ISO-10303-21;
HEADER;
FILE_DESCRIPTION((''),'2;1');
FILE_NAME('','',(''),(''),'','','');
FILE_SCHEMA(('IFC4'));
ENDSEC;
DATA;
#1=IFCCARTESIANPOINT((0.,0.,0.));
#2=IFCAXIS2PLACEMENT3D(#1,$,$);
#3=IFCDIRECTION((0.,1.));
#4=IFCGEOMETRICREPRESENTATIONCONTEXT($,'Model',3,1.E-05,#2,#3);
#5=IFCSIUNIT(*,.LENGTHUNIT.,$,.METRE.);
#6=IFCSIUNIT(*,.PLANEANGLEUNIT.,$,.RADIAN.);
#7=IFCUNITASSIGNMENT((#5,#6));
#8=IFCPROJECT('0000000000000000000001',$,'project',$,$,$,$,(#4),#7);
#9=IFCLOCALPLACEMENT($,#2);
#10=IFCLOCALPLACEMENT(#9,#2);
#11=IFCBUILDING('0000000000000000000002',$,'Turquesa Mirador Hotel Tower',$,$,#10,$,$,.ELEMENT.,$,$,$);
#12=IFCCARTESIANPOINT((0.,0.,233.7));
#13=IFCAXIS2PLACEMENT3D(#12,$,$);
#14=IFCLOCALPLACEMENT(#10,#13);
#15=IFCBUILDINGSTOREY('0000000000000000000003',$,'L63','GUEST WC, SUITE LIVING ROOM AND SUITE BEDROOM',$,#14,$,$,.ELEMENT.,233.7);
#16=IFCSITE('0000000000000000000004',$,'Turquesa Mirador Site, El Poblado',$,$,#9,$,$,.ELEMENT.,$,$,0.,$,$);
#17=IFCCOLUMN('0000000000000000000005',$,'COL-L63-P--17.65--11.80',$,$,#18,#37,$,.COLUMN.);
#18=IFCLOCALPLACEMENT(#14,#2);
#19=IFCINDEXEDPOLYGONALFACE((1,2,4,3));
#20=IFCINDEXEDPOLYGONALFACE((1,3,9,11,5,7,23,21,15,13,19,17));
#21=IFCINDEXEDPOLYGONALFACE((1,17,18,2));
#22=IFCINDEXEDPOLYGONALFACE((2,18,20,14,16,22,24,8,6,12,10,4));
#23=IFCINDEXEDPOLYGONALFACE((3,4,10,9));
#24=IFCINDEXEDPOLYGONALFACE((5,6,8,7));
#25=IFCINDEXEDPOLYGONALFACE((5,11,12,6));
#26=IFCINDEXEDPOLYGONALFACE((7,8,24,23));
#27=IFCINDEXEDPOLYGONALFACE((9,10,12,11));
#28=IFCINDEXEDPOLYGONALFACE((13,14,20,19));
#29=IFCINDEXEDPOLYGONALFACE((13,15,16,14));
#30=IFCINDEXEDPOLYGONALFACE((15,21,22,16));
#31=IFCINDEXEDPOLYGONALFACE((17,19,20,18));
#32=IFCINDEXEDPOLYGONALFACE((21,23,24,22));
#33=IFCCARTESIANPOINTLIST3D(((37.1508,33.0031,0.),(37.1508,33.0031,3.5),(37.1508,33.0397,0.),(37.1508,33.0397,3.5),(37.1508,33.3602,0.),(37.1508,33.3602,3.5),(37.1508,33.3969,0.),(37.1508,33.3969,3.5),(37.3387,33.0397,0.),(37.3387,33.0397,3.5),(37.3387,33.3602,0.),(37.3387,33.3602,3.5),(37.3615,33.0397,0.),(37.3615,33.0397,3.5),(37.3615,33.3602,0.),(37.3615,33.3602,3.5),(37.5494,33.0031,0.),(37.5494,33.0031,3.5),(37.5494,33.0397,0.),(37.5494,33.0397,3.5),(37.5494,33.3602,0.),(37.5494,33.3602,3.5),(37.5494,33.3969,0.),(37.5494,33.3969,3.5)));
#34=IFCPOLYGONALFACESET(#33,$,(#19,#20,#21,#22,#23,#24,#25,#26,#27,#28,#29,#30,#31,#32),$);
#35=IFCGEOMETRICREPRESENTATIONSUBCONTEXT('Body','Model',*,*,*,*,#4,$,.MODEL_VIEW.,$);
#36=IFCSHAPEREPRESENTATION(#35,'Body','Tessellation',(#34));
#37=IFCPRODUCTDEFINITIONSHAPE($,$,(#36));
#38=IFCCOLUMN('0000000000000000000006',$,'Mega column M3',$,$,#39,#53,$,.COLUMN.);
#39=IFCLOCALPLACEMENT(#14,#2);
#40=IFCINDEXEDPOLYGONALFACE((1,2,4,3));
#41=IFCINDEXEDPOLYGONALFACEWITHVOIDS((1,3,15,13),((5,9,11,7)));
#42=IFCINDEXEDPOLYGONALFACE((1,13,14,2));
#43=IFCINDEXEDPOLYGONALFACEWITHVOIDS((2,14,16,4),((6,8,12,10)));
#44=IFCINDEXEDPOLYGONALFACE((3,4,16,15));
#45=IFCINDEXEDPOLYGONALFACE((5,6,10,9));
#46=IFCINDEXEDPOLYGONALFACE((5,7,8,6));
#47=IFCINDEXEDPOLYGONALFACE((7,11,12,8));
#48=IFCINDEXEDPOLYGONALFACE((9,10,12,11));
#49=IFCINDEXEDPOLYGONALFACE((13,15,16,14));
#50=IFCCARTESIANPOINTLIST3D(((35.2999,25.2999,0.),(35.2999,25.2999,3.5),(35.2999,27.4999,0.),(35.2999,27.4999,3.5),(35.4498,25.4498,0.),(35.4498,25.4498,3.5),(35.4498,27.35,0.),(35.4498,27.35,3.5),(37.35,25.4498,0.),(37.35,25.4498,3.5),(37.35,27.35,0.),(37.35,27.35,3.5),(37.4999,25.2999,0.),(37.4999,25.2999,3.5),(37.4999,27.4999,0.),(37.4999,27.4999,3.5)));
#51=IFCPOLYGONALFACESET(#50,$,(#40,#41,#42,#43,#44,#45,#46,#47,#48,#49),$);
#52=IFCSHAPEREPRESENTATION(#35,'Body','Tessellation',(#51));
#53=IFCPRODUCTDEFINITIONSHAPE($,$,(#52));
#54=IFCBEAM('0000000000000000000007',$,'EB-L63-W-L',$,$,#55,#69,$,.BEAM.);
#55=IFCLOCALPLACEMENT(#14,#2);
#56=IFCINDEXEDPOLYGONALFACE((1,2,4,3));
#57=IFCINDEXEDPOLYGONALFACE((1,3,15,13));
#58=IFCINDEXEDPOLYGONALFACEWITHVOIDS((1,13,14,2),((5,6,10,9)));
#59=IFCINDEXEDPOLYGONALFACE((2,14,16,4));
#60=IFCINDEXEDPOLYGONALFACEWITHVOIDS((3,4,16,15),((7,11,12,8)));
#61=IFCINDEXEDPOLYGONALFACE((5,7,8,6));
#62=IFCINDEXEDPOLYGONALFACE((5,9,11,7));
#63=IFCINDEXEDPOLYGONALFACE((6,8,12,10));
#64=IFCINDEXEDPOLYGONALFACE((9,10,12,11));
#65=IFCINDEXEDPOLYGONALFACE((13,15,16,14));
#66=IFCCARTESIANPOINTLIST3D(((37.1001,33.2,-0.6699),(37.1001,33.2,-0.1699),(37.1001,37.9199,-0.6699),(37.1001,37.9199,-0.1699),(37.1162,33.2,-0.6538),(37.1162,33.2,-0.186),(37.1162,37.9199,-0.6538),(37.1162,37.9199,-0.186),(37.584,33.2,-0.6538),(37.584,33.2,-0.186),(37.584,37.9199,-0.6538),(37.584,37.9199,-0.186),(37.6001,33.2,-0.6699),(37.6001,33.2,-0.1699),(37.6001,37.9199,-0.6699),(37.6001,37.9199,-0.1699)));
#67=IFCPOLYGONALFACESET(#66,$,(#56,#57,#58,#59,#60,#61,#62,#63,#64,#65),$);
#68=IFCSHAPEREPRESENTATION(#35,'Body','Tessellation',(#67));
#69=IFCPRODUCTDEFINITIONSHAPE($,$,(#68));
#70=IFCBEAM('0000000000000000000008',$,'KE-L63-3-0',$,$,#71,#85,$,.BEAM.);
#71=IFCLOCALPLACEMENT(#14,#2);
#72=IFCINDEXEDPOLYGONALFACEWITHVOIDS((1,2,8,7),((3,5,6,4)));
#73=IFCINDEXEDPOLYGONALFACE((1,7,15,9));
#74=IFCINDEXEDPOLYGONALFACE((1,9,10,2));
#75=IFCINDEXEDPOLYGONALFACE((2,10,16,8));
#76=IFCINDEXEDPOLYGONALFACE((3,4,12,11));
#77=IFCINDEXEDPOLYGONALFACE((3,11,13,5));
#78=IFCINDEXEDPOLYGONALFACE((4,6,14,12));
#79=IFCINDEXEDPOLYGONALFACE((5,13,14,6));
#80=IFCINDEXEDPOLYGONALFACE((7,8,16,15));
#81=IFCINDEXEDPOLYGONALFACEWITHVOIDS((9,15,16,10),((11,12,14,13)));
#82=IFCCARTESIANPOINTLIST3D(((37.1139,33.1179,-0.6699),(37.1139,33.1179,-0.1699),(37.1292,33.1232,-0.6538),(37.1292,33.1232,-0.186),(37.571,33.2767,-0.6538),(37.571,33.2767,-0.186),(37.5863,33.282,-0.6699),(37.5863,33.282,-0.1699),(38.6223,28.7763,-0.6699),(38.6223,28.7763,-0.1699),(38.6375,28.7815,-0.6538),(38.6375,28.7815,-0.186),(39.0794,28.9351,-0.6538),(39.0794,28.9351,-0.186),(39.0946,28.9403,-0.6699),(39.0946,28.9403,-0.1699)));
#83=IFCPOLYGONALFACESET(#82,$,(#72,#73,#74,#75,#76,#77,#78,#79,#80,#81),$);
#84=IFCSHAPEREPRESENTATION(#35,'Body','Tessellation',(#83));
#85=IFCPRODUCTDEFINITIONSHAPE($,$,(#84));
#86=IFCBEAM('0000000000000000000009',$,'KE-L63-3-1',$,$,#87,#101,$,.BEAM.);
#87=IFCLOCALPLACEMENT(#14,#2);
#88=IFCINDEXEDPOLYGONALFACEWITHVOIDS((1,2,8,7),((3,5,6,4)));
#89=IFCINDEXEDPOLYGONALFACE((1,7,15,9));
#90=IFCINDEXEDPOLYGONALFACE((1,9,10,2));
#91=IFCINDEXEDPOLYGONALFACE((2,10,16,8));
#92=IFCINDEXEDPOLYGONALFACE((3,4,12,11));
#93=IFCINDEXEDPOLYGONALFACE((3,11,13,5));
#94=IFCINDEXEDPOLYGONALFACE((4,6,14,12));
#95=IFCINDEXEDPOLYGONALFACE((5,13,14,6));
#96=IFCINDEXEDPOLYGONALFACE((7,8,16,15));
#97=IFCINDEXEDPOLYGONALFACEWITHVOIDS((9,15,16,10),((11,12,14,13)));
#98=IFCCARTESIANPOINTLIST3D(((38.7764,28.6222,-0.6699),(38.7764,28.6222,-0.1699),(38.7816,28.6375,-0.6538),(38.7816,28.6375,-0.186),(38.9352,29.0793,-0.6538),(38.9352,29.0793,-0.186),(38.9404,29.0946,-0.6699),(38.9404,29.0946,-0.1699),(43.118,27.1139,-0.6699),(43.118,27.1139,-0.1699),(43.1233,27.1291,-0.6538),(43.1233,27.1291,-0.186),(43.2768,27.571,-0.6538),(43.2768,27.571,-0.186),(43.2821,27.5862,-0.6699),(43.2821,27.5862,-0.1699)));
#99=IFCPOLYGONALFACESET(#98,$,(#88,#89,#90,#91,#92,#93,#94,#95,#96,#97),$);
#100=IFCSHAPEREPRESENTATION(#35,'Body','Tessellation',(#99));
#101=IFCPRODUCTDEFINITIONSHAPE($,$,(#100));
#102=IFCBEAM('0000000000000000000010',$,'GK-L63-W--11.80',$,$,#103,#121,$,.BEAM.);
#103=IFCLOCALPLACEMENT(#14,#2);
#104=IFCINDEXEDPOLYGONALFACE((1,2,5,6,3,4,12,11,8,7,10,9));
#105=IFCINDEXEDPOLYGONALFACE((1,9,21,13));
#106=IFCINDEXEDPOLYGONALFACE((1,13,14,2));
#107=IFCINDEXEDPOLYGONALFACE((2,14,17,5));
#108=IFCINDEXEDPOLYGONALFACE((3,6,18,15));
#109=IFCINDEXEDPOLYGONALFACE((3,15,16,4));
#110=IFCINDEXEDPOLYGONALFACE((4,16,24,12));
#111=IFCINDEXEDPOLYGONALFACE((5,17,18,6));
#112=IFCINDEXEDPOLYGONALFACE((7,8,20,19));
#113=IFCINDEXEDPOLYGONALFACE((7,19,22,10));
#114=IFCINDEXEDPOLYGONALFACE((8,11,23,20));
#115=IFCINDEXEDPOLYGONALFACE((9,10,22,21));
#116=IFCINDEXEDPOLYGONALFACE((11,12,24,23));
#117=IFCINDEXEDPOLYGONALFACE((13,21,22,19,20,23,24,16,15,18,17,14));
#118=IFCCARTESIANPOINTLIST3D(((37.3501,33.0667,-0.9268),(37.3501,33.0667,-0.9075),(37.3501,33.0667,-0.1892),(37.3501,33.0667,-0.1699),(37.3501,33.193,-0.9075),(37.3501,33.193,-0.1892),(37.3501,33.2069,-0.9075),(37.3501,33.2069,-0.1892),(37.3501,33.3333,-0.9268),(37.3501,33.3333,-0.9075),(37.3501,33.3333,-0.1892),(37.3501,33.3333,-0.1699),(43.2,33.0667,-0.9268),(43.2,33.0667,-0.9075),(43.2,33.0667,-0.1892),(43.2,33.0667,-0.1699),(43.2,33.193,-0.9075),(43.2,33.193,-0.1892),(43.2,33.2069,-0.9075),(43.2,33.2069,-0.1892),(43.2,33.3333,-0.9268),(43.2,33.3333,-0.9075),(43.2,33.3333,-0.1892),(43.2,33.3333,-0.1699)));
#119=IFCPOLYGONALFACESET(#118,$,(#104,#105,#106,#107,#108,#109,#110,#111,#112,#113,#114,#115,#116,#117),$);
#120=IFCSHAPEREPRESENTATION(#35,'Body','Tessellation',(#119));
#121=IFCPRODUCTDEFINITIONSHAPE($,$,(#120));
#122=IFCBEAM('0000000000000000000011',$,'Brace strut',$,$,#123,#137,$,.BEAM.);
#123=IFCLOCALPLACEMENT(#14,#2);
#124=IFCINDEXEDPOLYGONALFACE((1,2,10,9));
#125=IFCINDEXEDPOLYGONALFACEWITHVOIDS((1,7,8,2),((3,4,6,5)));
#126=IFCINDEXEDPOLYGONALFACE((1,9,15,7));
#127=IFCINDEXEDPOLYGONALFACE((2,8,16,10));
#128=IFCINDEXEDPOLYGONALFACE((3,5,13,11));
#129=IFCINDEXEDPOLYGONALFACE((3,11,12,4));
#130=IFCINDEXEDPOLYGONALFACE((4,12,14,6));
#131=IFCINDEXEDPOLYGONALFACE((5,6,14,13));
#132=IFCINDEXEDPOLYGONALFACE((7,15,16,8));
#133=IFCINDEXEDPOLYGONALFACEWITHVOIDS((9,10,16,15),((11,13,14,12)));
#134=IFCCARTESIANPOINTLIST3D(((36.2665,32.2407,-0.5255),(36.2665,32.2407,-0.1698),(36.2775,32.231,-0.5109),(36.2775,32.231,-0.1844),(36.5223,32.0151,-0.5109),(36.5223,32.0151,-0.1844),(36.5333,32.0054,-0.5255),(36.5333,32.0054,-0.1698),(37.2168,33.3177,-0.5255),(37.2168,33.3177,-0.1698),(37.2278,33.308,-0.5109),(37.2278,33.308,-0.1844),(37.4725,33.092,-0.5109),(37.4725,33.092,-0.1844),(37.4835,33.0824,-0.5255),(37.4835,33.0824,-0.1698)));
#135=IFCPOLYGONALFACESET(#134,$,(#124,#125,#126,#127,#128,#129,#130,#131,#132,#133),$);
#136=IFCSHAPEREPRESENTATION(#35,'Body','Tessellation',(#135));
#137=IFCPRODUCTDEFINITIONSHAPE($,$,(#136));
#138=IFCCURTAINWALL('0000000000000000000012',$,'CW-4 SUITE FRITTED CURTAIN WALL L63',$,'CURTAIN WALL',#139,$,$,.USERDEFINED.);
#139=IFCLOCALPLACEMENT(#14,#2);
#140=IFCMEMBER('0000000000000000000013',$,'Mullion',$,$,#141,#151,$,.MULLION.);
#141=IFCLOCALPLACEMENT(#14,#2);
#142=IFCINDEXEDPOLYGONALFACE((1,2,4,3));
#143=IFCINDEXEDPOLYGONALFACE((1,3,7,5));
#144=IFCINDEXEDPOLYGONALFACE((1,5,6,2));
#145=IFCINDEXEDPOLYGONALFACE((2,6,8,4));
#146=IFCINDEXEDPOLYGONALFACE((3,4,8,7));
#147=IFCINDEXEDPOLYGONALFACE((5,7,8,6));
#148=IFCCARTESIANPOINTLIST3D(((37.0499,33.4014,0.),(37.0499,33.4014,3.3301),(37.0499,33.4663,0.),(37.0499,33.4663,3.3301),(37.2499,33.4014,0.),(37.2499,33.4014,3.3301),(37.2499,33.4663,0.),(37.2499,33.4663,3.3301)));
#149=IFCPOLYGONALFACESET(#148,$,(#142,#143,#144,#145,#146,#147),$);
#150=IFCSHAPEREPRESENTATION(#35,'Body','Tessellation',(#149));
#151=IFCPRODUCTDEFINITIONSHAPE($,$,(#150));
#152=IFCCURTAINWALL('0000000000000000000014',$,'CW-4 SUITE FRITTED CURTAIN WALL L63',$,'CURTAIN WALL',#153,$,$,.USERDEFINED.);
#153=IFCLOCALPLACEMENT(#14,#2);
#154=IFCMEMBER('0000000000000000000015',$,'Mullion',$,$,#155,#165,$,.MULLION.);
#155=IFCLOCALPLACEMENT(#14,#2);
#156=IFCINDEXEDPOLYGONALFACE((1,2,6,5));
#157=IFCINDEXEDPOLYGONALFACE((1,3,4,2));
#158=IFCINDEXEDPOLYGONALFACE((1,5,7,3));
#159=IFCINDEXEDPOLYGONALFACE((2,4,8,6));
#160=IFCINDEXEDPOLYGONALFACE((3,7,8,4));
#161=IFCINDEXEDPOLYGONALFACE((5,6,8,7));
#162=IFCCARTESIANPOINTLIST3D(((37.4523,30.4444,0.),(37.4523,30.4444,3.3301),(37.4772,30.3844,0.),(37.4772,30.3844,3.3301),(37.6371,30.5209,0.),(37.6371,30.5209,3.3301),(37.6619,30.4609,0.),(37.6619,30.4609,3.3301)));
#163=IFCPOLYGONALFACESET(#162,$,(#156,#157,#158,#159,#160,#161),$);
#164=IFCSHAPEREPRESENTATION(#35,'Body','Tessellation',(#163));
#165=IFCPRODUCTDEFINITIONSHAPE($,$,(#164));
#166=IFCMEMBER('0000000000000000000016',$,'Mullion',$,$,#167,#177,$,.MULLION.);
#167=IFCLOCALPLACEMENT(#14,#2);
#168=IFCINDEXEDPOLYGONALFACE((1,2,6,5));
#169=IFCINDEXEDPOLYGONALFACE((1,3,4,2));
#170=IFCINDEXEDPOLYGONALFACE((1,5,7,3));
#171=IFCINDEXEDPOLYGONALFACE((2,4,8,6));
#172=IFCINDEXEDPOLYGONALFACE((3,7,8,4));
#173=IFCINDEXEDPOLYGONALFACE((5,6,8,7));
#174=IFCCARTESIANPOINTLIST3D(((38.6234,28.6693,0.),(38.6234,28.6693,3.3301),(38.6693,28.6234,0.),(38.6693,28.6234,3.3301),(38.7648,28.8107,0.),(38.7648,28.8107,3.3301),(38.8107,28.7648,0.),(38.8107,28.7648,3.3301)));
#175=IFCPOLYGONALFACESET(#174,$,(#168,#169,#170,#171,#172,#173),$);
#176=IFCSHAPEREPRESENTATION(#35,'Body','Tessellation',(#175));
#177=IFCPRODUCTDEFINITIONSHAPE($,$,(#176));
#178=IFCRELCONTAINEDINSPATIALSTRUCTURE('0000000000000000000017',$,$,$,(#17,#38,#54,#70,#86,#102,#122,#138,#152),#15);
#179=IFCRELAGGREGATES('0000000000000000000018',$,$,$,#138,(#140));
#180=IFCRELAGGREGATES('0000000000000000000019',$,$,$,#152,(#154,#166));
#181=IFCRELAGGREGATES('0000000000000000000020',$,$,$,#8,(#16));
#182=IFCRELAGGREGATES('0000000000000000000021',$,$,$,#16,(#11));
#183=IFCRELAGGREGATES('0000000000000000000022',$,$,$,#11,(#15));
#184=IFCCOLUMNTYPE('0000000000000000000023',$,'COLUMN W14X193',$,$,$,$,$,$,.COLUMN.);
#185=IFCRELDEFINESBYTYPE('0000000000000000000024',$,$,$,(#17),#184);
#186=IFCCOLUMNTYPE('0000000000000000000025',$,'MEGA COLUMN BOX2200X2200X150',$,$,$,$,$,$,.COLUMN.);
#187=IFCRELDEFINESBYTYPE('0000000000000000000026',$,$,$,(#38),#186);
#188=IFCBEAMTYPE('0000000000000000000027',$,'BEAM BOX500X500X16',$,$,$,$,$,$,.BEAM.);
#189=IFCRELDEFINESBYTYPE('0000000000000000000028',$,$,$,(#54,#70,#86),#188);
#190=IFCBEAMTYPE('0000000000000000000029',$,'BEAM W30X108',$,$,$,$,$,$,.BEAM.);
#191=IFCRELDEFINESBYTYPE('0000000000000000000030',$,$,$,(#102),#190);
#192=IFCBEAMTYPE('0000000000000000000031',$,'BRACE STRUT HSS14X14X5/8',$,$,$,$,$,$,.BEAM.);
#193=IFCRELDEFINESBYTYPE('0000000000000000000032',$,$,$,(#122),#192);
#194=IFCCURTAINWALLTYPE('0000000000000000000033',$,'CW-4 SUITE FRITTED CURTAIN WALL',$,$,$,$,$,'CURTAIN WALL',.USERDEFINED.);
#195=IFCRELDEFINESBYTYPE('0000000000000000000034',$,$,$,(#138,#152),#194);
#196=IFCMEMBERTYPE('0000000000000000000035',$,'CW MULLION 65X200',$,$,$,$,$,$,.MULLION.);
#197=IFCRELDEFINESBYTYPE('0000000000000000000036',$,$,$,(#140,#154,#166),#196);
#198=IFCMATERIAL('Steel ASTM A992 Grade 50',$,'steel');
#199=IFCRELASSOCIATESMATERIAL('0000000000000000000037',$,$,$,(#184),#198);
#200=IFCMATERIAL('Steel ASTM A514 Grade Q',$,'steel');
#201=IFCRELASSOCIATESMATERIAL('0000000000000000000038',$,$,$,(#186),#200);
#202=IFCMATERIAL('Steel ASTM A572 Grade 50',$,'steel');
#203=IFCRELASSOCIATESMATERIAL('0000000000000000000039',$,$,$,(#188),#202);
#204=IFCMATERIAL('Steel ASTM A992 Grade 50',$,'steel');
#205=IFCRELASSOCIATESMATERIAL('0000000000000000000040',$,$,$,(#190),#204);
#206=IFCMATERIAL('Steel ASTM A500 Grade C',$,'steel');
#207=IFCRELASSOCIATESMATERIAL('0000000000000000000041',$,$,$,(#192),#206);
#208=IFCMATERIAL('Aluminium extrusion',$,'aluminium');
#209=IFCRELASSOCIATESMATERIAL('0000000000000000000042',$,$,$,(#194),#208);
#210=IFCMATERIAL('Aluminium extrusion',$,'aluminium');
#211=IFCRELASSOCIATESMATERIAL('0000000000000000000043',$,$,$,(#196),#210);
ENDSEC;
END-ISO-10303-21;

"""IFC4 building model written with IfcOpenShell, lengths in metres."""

from ifc_helpers import new_model, si_unit, direction, frame, origin, origin_2d, place, context, subcontext, project, spatial, rectangle, hollow_rectangle, i_section, extrude, material, material_profile, profile_set, type_object, element, aggregate, save


model = new_model("IFC4")

# Units and contexts
model_context = context("Model", 3, precision=1e-05, world=origin(), true_north=direction((0.0, 1.0)))
body_context = subcontext(model_context, "Body", "Model", "MODEL_VIEW")
ifc_project = project(units=[si_unit("LENGTHUNIT", "METRE"), si_unit("PLANEANGLEUNIT", "RADIAN")], contexts=[model_context])

# Site, building, storey
site_placement = place(None, origin())
site = spatial("IfcSite", under=ifc_project, at=site_placement, Name="Turquesa Mirador Site, El Poblado", CompositionType="ELEMENT", RefElevation=0.0)
building_placement = place(site_placement, origin())
building = spatial("IfcBuilding", under=site, at=building_placement, Name="Turquesa Mirador Hotel Tower", CompositionType="ELEMENT")
storey_placement = place(building_placement, frame((0.0, 0.0, 233.7)))
storey = spatial("IfcBuildingStorey", under=building, at=storey_placement, Name="L63", Description="GUEST WC, SUITE LIVING ROOM AND SUITE BEDROOM", CompositionType="ELEMENT", Elevation=233.7)

# Columns
ifc_material_1 = material(Name="Steel ASTM A992 Grade 50", Category="steel")
ifc_material_profile_1 = material_profile(ifc_material_1, i_section(OverallWidth=0.3987, OverallDepth=0.3938, WebThickness=0.0227, FlangeThickness=0.0366, at=origin_2d()), Name="W14X193")
ifc_profile_set_1 = profile_set([ifc_material_profile_1], Name="Steel ASTM A992 Grade 50")
column_type_1 = type_object("IfcColumnType", Name="COLUMN W14X193", PredefinedType="COLUMN", material=ifc_profile_set_1)
column_1_placement = place(storey_placement, frame((37.3501, 33.2, 0.0), z_axis=(0.0, 0.0, 1.0), x_axis=(1.0, 0.0, 0.0)))
element("IfcColumn", 1, at=column_1_placement, inside=storey, type_object=column_type_1, Name="COL-L63-P--17.65--11.80", PredefinedType="COLUMN", context=body_context, shape_type="SweptSolid", body=[
    extrude(i_section(OverallWidth=0.3987, OverallDepth=0.3938, WebThickness=0.0227, FlangeThickness=0.0366, at=origin_2d()), origin(), (0.0, 0.0, 1.0), 3.5),
])
ifc_material_2 = material(Name="Steel ASTM A514 Grade Q", Category="steel")
ifc_material_profile_2 = material_profile(ifc_material_2, hollow_rectangle(XDim=2.2, YDim=2.2, WallThickness=0.1499, at=origin_2d()), Name="BOX2200X2200X150")
ifc_profile_set_2 = profile_set([ifc_material_profile_2], Name="Steel ASTM A514 Grade Q")
column_type_2 = type_object("IfcColumnType", Name="MEGA COLUMN BOX2200X2200X150", PredefinedType="COLUMN", material=ifc_profile_set_2)
column_2_placement = place(storey_placement, frame((36.3999, 26.3999, 0.0), z_axis=(0.0, 0.0, 1.0), x_axis=(1.0, 0.0, 0.0)))
element("IfcColumn", 2, at=column_2_placement, inside=storey, type_object=column_type_2, Name="Mega column M3", PredefinedType="COLUMN", context=body_context, shape_type="SweptSolid", body=[
    extrude(hollow_rectangle(XDim=2.2, YDim=2.2, WallThickness=0.1499, at=origin_2d()), origin(), (0.0, 0.0, 1.0), 3.5),
])

# Beams
ifc_material_3 = material(Name="Steel ASTM A572 Grade 50", Category="steel")
ifc_material_profile_3 = material_profile(ifc_material_3, hollow_rectangle(XDim=0.5, YDim=0.5, WallThickness=0.0161, at=origin_2d()), Name="BOX500X500X16")
ifc_profile_set_3 = profile_set([ifc_material_profile_3], Name="Steel ASTM A572 Grade 50")
beam_type_1 = type_object("IfcBeamType", Name="BEAM BOX500X500X16", PredefinedType="BEAM", material=ifc_profile_set_3)
beam_1_placement = place(storey_placement, frame((37.3501, 33.2, -0.4199), z_axis=(0.0, 1.0, 0.0), x_axis=(-1.0, 0.0, 0.0)))
element("IfcBeam", 3, at=beam_1_placement, inside=storey, type_object=beam_type_1, Name="EB-L63-W-L", PredefinedType="BEAM", context=body_context, shape_type="SweptSolid", body=[
    extrude(hollow_rectangle(XDim=0.5, YDim=0.5, WallThickness=0.0161, at=origin_2d()), origin(), (0.0, 0.0, 1.0), 4.72),
])
for number, where, z_axis, x_axis, name in (
    (4, (37.3501, 33.2, -0.4199), (0.32817, -0.944619, 0.0), (0.944619, 0.32817, 0.0), "KE-L63-3-0"),
    (5, (38.8584, 28.8584, -0.4199), (0.944619, -0.32817, 0.0), (0.32817, 0.944619, 0.0), "KE-L63-3-1"),
):
    element("IfcBeam", number, at=place(storey_placement, frame(where, z_axis=z_axis, x_axis=x_axis)), inside=storey, type_object=beam_type_1, Name=name, PredefinedType="BEAM", context=body_context, shape_type="SweptSolid", body=[
        extrude(hollow_rectangle(XDim=0.5, YDim=0.5, WallThickness=0.0161, at=origin_2d()), origin(), (0.0, 0.0, 1.0), 4.5962),
    ])
ifc_material_4 = material(Name="Steel ASTM A992 Grade 50", Category="steel")
ifc_material_profile_4 = material_profile(ifc_material_4, i_section(OverallWidth=0.2666, OverallDepth=0.7568, WebThickness=0.0139, FlangeThickness=0.0193, at=origin_2d()), Name="W30X108")
ifc_profile_set_4 = profile_set([ifc_material_profile_4], Name="Steel ASTM A992 Grade 50")
beam_type_2 = type_object("IfcBeamType", Name="BEAM W30X108", PredefinedType="BEAM", material=ifc_profile_set_4)
beam_2_placement = place(storey_placement, frame((37.3501, 33.2, -0.5483), z_axis=(1.0, 0.0, 0.0), x_axis=(0.0, 1.0, 0.0)))
element("IfcBeam", 6, at=beam_2_placement, inside=storey, type_object=beam_type_2, Name="GK-L63-W--11.80", PredefinedType="BEAM", context=body_context, shape_type="SweptSolid", body=[
    extrude(i_section(OverallWidth=0.2666, OverallDepth=0.7568, WebThickness=0.0139, FlangeThickness=0.0193, at=origin_2d()), origin(), (0.0, 0.0, 1.0), 5.8499),
])
ifc_material_5 = material(Name="Steel ASTM A500 Grade C", Category="steel")
ifc_material_profile_5 = material_profile(ifc_material_5, hollow_rectangle(XDim=0.3557, YDim=0.3557, WallThickness=0.0146, at=origin_2d()), Name="HSS14X14X5/8")
ifc_profile_set_5 = profile_set([ifc_material_profile_5], Name="Steel ASTM A500 Grade C")
beam_type_3 = type_object("IfcBeamType", Name="BRACE STRUT HSS14X14X5/8", PredefinedType="BEAM", material=ifc_profile_set_5)
beam_3_placement = place(storey_placement, frame((36.3999, 32.123, -0.3477), z_axis=(0.661616, 0.749843, 0.0), x_axis=(-0.749843, 0.661616, 0.0)))
element("IfcBeam", 7, at=beam_3_placement, inside=storey, type_object=beam_type_3, Name="Brace strut", PredefinedType="BEAM", context=body_context, shape_type="SweptSolid", body=[
    extrude(hollow_rectangle(XDim=0.3557, YDim=0.3557, WallThickness=0.0146, at=origin_2d()), origin(), (0.0, 0.0, 1.0), 1.4363),
])

# Curtain wall, member
ifc_material_6 = material(Name="Aluminium extrusion", Category="aluminium")
curtain_wall_type = type_object("IfcCurtainWallType", Name="CW-4 SUITE FRITTED CURTAIN WALL", ElementType="CURTAIN WALL", PredefinedType="USERDEFINED", material=ifc_material_6)
curtain_wall_1_placement = place(storey_placement, origin())
curtain_wall_1 = element("IfcCurtainWall", 8, at=curtain_wall_1_placement, inside=storey, type_object=curtain_wall_type, Name="CW-4 SUITE FRITTED CURTAIN WALL L63", ObjectType="CURTAIN WALL", PredefinedType="USERDEFINED")
ifc_material_7 = material(Name="Aluminium extrusion", Category="aluminium")
ifc_material_profile_6 = material_profile(ifc_material_7, rectangle(XDim=0.0649, YDim=0.2, at=origin_2d()), Name="MULLION 65X200")
ifc_profile_set_6 = profile_set([ifc_material_profile_6], Name="Aluminium extrusion")
member_type_1 = type_object("IfcMemberType", Name="CW MULLION 65X200", PredefinedType="MULLION", material=ifc_profile_set_6)
member_1_placement = place(storey_placement, frame((37.1499, 33.4338, 0.0), z_axis=(0.0, 0.0, 1.0), x_axis=(0.0, -1.0, 0.0)))
member_1 = element("IfcMember", 9, at=member_1_placement, type_object=member_type_1, Name="Mullion", PredefinedType="MULLION", context=body_context, shape_type="SweptSolid", body=[
    extrude(rectangle(XDim=0.0649, YDim=0.2, at=origin_2d()), origin(), (0.0, 0.0, 1.0), 3.3301),
])
aggregate(curtain_wall_1, [member_1])

# Curtain wall, members
curtain_wall_2_placement = place(storey_placement, origin())
curtain_wall_2 = element("IfcCurtainWall", 10, at=curtain_wall_2_placement, inside=storey, type_object=curtain_wall_type, Name="CW-4 SUITE FRITTED CURTAIN WALL L63", ObjectType="CURTAIN WALL", PredefinedType="USERDEFINED")
member_2_placement = place(storey_placement, frame((37.5571, 30.4526, 0.0), z_axis=(0.0, 0.0, 1.0), x_axis=(0.382683, -0.92388, 0.0)))
member_2 = element("IfcMember", 11, at=member_2_placement, type_object=member_type_1, Name="Mullion", PredefinedType="MULLION", context=body_context, shape_type="SweptSolid", body=[
    extrude(rectangle(XDim=0.0649, YDim=0.2, at=origin_2d()), origin(), (0.0, 0.0, 1.0), 3.3301),
])
member_3_placement = place(storey_placement, frame((38.717, 28.717, 0.0), z_axis=(0.0, 0.0, 1.0), x_axis=(0.707107, -0.707107, 0.0)))
member_3 = element("IfcMember", 12, at=member_3_placement, type_object=member_type_1, Name="Mullion", PredefinedType="MULLION", context=body_context, shape_type="SweptSolid", body=[
    extrude(rectangle(XDim=0.0649, YDim=0.2, at=origin_2d()), origin(), (0.0, 0.0, 1.0), 3.3301),
])

aggregate(curtain_wall_2, [member_2, member_3])

save(model, "model.ifc")
